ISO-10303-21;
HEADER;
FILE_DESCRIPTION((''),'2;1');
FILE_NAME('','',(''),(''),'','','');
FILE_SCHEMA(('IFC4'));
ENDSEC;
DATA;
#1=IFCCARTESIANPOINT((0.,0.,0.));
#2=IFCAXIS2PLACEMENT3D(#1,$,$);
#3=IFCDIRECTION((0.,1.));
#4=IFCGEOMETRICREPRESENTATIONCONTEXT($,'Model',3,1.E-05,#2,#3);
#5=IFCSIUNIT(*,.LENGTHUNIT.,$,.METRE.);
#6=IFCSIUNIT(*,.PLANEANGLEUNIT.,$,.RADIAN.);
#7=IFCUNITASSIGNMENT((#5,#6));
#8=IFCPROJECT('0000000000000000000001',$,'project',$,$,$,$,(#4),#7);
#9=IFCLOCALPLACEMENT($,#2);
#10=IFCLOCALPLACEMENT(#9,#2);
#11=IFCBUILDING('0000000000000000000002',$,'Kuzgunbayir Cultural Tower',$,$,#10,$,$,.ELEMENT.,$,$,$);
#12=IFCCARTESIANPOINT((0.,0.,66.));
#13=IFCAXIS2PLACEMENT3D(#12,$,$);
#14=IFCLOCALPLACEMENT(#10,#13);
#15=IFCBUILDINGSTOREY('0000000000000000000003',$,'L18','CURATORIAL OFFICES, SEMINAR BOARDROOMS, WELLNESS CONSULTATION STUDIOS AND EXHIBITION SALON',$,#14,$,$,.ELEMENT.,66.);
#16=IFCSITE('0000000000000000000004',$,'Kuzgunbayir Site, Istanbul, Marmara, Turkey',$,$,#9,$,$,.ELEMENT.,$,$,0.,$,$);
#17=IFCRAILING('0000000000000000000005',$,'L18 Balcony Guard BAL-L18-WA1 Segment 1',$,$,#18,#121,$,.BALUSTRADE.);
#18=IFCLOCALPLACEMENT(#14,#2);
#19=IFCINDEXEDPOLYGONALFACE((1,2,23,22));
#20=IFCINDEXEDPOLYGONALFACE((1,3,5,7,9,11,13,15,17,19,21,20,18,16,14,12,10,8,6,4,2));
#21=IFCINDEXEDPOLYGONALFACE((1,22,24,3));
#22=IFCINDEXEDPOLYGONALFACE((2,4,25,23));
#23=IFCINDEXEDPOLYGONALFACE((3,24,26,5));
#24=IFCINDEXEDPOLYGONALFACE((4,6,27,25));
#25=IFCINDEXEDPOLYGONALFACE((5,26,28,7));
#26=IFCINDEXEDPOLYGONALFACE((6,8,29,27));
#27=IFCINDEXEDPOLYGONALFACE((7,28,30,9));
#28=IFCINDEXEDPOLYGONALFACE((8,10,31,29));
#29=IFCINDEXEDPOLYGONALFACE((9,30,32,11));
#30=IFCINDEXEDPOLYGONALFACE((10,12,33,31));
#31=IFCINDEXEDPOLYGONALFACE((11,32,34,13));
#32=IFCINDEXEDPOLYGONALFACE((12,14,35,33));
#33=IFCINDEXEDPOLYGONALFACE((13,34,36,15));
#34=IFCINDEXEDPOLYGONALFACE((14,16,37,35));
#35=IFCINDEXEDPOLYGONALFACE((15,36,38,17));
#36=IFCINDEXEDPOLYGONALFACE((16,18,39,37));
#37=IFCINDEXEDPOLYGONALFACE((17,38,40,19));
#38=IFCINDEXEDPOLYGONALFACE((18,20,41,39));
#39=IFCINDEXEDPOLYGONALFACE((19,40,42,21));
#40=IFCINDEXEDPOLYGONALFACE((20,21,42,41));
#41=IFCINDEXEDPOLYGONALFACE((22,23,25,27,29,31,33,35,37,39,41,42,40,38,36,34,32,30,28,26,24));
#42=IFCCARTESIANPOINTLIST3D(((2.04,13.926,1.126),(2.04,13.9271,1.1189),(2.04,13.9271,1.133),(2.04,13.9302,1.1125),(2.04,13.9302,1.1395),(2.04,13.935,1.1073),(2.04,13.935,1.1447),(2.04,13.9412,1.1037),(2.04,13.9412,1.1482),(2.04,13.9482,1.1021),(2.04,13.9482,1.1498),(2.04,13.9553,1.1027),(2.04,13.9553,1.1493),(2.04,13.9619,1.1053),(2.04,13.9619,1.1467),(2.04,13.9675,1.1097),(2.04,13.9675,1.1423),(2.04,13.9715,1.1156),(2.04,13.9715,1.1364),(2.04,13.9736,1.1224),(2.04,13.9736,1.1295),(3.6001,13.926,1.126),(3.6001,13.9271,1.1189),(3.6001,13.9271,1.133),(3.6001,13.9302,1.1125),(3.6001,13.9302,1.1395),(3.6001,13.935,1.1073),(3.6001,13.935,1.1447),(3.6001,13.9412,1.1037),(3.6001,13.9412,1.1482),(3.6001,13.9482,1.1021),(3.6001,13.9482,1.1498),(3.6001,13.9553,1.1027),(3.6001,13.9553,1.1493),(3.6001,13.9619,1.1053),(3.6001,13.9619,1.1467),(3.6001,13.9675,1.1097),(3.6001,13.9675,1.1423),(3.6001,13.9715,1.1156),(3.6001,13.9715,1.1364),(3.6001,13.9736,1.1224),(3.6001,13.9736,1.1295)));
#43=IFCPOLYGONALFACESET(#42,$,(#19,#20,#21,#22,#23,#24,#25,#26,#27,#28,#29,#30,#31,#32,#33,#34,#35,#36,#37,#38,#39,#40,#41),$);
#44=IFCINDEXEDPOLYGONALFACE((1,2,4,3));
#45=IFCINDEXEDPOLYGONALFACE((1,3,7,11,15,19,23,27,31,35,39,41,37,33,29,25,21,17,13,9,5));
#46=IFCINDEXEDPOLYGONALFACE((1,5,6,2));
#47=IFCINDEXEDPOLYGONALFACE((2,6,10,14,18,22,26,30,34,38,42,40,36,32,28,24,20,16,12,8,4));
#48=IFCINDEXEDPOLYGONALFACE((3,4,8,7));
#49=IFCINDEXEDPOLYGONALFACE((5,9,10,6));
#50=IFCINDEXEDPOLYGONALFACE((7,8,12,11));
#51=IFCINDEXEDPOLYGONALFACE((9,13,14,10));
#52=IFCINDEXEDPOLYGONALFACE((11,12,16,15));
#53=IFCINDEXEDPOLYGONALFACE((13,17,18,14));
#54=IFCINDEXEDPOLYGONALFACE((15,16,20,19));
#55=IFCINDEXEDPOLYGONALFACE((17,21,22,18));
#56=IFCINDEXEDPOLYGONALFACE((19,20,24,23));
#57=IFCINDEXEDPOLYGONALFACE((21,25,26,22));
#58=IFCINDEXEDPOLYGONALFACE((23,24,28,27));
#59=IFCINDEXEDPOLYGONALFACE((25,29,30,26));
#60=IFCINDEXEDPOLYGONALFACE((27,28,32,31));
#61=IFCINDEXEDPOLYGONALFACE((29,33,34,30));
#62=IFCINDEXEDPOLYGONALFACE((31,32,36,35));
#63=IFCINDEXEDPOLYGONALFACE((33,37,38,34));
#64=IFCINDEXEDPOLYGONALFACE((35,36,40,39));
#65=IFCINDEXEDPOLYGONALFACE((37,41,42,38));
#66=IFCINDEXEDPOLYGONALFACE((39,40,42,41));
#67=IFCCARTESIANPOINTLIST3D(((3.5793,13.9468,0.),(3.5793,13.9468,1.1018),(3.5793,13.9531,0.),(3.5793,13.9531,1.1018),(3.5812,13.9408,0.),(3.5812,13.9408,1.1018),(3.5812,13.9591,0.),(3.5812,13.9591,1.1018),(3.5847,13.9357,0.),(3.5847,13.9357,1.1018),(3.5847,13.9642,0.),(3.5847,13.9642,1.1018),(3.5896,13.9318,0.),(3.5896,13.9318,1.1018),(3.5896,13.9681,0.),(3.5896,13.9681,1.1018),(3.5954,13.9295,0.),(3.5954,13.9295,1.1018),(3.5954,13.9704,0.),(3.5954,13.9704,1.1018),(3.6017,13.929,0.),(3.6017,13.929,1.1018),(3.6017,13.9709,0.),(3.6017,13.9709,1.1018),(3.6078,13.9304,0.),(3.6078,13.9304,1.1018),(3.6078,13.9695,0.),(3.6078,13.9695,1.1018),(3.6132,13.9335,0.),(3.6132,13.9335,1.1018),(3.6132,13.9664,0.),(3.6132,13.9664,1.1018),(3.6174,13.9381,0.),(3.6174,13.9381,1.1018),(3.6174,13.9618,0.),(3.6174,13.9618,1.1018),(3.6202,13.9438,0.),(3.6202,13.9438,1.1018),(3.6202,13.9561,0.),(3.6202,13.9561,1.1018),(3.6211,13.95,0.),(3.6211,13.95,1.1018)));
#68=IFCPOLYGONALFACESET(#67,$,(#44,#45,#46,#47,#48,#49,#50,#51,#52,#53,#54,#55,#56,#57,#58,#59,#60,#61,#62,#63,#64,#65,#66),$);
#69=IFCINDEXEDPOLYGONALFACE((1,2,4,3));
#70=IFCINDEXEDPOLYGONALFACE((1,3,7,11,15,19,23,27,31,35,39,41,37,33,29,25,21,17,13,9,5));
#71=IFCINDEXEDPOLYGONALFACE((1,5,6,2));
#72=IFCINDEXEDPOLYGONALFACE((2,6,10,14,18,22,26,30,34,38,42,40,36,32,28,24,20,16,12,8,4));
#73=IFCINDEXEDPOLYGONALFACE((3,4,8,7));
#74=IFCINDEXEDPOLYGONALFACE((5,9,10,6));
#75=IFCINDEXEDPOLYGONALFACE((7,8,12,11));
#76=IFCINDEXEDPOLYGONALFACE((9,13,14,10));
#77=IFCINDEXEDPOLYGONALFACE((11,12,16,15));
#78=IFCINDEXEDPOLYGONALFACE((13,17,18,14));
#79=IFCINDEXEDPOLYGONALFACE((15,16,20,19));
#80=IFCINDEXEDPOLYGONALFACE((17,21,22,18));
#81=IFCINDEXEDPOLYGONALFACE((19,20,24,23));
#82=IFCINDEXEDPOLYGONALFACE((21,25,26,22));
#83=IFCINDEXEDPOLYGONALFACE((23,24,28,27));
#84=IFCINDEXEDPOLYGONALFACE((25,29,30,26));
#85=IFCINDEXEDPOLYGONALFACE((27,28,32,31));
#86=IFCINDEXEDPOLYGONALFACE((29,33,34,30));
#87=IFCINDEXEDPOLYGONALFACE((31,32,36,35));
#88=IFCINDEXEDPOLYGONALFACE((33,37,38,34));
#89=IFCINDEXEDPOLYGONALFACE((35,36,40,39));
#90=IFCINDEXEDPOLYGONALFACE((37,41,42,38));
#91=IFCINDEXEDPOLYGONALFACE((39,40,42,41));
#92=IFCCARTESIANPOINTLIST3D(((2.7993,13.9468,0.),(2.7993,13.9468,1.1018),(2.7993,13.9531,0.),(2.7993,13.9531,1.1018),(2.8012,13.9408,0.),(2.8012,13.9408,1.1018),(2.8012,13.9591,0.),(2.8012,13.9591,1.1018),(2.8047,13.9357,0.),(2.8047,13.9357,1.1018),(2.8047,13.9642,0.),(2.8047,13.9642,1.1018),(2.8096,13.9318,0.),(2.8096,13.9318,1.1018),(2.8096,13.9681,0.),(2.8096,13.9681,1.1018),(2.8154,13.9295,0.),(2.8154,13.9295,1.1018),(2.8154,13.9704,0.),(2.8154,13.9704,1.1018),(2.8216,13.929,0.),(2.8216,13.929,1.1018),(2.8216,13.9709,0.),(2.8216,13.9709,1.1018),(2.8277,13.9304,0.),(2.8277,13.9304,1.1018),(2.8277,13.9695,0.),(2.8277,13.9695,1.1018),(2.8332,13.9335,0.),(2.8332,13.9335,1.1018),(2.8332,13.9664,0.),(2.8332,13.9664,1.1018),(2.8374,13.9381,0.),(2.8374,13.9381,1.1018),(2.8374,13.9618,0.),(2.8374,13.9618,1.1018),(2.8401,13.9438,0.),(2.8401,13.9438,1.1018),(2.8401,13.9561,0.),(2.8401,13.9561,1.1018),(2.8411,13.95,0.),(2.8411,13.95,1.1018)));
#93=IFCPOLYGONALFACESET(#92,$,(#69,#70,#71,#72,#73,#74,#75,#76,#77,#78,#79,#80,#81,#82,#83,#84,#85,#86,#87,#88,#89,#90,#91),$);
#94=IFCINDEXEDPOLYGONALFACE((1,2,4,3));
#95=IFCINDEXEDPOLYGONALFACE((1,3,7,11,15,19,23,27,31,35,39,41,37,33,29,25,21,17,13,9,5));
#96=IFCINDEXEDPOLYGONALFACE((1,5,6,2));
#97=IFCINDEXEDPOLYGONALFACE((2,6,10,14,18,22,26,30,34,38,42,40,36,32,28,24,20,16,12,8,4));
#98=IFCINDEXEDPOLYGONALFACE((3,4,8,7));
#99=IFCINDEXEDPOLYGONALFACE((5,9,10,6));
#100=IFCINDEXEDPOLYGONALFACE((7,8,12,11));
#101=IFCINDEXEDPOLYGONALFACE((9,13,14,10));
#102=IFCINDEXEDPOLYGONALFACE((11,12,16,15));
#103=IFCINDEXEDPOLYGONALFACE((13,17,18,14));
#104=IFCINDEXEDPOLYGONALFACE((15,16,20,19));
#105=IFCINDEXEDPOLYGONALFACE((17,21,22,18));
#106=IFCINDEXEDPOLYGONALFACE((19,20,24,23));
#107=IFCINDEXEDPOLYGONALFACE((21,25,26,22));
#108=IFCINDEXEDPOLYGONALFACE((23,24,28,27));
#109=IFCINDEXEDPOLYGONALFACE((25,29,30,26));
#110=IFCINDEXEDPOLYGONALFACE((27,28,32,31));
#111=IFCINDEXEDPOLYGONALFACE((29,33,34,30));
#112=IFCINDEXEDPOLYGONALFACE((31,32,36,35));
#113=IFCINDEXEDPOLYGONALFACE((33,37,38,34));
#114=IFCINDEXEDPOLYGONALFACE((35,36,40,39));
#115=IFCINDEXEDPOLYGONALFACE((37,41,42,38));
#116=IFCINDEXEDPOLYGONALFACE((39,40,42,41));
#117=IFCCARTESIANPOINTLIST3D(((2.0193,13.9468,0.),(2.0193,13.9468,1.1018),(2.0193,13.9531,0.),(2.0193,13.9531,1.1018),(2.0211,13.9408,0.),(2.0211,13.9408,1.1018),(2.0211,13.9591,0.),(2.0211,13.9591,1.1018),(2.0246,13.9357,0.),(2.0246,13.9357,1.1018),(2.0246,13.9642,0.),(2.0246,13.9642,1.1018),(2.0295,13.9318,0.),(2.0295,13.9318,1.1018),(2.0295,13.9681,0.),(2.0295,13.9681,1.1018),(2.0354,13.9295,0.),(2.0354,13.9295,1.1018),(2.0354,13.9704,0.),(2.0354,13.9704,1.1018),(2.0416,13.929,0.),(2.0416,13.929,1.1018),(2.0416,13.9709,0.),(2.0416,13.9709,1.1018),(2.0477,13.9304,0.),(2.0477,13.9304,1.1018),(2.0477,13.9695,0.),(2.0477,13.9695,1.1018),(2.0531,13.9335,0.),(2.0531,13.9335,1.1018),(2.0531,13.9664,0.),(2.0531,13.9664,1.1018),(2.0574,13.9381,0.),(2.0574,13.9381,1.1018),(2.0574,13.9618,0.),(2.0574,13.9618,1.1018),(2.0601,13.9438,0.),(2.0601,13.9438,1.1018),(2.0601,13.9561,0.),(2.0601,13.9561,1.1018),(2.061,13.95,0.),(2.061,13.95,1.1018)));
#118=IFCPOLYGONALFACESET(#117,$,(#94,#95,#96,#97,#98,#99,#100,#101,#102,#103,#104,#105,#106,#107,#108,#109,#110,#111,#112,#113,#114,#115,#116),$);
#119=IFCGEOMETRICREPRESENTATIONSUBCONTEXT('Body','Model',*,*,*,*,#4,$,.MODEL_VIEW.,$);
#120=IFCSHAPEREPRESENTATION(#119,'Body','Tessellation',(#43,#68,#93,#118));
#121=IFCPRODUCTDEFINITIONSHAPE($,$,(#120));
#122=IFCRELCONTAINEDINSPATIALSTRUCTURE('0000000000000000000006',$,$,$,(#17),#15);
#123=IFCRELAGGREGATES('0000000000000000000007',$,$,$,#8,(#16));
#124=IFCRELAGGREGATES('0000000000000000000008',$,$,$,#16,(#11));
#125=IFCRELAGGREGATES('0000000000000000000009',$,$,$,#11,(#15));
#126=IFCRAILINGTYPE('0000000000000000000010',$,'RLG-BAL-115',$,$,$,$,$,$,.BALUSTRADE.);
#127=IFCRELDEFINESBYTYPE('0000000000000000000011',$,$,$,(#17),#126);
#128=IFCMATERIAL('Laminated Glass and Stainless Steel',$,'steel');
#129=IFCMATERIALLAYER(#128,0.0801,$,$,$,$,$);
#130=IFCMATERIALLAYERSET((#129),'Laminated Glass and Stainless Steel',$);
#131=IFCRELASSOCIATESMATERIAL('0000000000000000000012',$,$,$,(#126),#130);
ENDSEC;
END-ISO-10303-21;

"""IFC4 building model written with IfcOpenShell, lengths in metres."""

from ifc_helpers import new_model, si_unit, direction, frame, origin, origin_2d, place, context, subcontext, project, spatial, circle, extrude, material, layer, layer_set, type_object, element, save


model = new_model("IFC4")

# Units and contexts
model_context = context("Model", 3, precision=1e-05, world=origin(), true_north=direction((0.0, 1.0)))
body_context = subcontext(model_context, "Body", "Model", "MODEL_VIEW")
ifc_project = project(units=[si_unit("LENGTHUNIT", "METRE"), si_unit("PLANEANGLEUNIT", "RADIAN")], contexts=[model_context])

# Site, building, storey
site_placement = place(None, origin())
site = spatial("IfcSite", under=ifc_project, at=site_placement, Name="Kuzgunbayir Site, Istanbul, Marmara, Turkey", CompositionType="ELEMENT", RefElevation=0.0)
building_placement = place(site_placement, origin())
building = spatial("IfcBuilding", under=site, at=building_placement, Name="Kuzgunbayir Cultural Tower", CompositionType="ELEMENT")
storey_placement = place(building_placement, frame((0.0, 0.0, 66.0)))
storey = spatial("IfcBuildingStorey", under=building, at=storey_placement, Name="L18", Description="CURATORIAL OFFICES, SEMINAR BOARDROOMS, WELLNESS CONSULTATION STUDIOS AND EXHIBITION SALON", CompositionType="ELEMENT", Elevation=66.0)

# Railing
ifc_material_1 = material(Name="Laminated Glass and Stainless Steel", Category="steel")
ifc_layer_1 = layer(ifc_material_1, 0.0801)
ifc_layer_set_1 = layer_set([ifc_layer_1], Name="Laminated Glass and Stainless Steel")
railing_type = type_object("IfcRailingType", Name="RLG-BAL-115", PredefinedType="BALUSTRADE", material=ifc_layer_set_1)
railing_1_placement = place(storey_placement, frame((3.6001, 13.95, 0.0)))
element("IfcRailing", 1, at=railing_1_placement, inside=storey, type_object=railing_type, Name="L18 Balcony Guard BAL-L18-WA1 Segment 1", PredefinedType="BALUSTRADE", context=body_context, shape_type="SweptSolid", body=[
    extrude(circle(Radius=0.0239, at=origin_2d()), frame((0.0, 0.0, 1.126), z_axis=(-1.0, 0.0, 0.0), x_axis=(0.0, -1.0, 0.0)), (0.0, 0.0, 1.0), 1.5601),
    extrude(circle(Radius=0.021, at=origin_2d()), origin(), (0.0, 0.0, 1.0), 1.1018),
    extrude(circle(Radius=0.021, at=origin_2d()), frame((-0.78, 0.0, 0.0)), (0.0, 0.0, 1.0), 1.1018),
    extrude(circle(Radius=0.021, at=origin_2d()), frame((-1.5601, 0.0, 0.0)), (0.0, 0.0, 1.0), 1.1018),
])

save(model, "model.ifc")
